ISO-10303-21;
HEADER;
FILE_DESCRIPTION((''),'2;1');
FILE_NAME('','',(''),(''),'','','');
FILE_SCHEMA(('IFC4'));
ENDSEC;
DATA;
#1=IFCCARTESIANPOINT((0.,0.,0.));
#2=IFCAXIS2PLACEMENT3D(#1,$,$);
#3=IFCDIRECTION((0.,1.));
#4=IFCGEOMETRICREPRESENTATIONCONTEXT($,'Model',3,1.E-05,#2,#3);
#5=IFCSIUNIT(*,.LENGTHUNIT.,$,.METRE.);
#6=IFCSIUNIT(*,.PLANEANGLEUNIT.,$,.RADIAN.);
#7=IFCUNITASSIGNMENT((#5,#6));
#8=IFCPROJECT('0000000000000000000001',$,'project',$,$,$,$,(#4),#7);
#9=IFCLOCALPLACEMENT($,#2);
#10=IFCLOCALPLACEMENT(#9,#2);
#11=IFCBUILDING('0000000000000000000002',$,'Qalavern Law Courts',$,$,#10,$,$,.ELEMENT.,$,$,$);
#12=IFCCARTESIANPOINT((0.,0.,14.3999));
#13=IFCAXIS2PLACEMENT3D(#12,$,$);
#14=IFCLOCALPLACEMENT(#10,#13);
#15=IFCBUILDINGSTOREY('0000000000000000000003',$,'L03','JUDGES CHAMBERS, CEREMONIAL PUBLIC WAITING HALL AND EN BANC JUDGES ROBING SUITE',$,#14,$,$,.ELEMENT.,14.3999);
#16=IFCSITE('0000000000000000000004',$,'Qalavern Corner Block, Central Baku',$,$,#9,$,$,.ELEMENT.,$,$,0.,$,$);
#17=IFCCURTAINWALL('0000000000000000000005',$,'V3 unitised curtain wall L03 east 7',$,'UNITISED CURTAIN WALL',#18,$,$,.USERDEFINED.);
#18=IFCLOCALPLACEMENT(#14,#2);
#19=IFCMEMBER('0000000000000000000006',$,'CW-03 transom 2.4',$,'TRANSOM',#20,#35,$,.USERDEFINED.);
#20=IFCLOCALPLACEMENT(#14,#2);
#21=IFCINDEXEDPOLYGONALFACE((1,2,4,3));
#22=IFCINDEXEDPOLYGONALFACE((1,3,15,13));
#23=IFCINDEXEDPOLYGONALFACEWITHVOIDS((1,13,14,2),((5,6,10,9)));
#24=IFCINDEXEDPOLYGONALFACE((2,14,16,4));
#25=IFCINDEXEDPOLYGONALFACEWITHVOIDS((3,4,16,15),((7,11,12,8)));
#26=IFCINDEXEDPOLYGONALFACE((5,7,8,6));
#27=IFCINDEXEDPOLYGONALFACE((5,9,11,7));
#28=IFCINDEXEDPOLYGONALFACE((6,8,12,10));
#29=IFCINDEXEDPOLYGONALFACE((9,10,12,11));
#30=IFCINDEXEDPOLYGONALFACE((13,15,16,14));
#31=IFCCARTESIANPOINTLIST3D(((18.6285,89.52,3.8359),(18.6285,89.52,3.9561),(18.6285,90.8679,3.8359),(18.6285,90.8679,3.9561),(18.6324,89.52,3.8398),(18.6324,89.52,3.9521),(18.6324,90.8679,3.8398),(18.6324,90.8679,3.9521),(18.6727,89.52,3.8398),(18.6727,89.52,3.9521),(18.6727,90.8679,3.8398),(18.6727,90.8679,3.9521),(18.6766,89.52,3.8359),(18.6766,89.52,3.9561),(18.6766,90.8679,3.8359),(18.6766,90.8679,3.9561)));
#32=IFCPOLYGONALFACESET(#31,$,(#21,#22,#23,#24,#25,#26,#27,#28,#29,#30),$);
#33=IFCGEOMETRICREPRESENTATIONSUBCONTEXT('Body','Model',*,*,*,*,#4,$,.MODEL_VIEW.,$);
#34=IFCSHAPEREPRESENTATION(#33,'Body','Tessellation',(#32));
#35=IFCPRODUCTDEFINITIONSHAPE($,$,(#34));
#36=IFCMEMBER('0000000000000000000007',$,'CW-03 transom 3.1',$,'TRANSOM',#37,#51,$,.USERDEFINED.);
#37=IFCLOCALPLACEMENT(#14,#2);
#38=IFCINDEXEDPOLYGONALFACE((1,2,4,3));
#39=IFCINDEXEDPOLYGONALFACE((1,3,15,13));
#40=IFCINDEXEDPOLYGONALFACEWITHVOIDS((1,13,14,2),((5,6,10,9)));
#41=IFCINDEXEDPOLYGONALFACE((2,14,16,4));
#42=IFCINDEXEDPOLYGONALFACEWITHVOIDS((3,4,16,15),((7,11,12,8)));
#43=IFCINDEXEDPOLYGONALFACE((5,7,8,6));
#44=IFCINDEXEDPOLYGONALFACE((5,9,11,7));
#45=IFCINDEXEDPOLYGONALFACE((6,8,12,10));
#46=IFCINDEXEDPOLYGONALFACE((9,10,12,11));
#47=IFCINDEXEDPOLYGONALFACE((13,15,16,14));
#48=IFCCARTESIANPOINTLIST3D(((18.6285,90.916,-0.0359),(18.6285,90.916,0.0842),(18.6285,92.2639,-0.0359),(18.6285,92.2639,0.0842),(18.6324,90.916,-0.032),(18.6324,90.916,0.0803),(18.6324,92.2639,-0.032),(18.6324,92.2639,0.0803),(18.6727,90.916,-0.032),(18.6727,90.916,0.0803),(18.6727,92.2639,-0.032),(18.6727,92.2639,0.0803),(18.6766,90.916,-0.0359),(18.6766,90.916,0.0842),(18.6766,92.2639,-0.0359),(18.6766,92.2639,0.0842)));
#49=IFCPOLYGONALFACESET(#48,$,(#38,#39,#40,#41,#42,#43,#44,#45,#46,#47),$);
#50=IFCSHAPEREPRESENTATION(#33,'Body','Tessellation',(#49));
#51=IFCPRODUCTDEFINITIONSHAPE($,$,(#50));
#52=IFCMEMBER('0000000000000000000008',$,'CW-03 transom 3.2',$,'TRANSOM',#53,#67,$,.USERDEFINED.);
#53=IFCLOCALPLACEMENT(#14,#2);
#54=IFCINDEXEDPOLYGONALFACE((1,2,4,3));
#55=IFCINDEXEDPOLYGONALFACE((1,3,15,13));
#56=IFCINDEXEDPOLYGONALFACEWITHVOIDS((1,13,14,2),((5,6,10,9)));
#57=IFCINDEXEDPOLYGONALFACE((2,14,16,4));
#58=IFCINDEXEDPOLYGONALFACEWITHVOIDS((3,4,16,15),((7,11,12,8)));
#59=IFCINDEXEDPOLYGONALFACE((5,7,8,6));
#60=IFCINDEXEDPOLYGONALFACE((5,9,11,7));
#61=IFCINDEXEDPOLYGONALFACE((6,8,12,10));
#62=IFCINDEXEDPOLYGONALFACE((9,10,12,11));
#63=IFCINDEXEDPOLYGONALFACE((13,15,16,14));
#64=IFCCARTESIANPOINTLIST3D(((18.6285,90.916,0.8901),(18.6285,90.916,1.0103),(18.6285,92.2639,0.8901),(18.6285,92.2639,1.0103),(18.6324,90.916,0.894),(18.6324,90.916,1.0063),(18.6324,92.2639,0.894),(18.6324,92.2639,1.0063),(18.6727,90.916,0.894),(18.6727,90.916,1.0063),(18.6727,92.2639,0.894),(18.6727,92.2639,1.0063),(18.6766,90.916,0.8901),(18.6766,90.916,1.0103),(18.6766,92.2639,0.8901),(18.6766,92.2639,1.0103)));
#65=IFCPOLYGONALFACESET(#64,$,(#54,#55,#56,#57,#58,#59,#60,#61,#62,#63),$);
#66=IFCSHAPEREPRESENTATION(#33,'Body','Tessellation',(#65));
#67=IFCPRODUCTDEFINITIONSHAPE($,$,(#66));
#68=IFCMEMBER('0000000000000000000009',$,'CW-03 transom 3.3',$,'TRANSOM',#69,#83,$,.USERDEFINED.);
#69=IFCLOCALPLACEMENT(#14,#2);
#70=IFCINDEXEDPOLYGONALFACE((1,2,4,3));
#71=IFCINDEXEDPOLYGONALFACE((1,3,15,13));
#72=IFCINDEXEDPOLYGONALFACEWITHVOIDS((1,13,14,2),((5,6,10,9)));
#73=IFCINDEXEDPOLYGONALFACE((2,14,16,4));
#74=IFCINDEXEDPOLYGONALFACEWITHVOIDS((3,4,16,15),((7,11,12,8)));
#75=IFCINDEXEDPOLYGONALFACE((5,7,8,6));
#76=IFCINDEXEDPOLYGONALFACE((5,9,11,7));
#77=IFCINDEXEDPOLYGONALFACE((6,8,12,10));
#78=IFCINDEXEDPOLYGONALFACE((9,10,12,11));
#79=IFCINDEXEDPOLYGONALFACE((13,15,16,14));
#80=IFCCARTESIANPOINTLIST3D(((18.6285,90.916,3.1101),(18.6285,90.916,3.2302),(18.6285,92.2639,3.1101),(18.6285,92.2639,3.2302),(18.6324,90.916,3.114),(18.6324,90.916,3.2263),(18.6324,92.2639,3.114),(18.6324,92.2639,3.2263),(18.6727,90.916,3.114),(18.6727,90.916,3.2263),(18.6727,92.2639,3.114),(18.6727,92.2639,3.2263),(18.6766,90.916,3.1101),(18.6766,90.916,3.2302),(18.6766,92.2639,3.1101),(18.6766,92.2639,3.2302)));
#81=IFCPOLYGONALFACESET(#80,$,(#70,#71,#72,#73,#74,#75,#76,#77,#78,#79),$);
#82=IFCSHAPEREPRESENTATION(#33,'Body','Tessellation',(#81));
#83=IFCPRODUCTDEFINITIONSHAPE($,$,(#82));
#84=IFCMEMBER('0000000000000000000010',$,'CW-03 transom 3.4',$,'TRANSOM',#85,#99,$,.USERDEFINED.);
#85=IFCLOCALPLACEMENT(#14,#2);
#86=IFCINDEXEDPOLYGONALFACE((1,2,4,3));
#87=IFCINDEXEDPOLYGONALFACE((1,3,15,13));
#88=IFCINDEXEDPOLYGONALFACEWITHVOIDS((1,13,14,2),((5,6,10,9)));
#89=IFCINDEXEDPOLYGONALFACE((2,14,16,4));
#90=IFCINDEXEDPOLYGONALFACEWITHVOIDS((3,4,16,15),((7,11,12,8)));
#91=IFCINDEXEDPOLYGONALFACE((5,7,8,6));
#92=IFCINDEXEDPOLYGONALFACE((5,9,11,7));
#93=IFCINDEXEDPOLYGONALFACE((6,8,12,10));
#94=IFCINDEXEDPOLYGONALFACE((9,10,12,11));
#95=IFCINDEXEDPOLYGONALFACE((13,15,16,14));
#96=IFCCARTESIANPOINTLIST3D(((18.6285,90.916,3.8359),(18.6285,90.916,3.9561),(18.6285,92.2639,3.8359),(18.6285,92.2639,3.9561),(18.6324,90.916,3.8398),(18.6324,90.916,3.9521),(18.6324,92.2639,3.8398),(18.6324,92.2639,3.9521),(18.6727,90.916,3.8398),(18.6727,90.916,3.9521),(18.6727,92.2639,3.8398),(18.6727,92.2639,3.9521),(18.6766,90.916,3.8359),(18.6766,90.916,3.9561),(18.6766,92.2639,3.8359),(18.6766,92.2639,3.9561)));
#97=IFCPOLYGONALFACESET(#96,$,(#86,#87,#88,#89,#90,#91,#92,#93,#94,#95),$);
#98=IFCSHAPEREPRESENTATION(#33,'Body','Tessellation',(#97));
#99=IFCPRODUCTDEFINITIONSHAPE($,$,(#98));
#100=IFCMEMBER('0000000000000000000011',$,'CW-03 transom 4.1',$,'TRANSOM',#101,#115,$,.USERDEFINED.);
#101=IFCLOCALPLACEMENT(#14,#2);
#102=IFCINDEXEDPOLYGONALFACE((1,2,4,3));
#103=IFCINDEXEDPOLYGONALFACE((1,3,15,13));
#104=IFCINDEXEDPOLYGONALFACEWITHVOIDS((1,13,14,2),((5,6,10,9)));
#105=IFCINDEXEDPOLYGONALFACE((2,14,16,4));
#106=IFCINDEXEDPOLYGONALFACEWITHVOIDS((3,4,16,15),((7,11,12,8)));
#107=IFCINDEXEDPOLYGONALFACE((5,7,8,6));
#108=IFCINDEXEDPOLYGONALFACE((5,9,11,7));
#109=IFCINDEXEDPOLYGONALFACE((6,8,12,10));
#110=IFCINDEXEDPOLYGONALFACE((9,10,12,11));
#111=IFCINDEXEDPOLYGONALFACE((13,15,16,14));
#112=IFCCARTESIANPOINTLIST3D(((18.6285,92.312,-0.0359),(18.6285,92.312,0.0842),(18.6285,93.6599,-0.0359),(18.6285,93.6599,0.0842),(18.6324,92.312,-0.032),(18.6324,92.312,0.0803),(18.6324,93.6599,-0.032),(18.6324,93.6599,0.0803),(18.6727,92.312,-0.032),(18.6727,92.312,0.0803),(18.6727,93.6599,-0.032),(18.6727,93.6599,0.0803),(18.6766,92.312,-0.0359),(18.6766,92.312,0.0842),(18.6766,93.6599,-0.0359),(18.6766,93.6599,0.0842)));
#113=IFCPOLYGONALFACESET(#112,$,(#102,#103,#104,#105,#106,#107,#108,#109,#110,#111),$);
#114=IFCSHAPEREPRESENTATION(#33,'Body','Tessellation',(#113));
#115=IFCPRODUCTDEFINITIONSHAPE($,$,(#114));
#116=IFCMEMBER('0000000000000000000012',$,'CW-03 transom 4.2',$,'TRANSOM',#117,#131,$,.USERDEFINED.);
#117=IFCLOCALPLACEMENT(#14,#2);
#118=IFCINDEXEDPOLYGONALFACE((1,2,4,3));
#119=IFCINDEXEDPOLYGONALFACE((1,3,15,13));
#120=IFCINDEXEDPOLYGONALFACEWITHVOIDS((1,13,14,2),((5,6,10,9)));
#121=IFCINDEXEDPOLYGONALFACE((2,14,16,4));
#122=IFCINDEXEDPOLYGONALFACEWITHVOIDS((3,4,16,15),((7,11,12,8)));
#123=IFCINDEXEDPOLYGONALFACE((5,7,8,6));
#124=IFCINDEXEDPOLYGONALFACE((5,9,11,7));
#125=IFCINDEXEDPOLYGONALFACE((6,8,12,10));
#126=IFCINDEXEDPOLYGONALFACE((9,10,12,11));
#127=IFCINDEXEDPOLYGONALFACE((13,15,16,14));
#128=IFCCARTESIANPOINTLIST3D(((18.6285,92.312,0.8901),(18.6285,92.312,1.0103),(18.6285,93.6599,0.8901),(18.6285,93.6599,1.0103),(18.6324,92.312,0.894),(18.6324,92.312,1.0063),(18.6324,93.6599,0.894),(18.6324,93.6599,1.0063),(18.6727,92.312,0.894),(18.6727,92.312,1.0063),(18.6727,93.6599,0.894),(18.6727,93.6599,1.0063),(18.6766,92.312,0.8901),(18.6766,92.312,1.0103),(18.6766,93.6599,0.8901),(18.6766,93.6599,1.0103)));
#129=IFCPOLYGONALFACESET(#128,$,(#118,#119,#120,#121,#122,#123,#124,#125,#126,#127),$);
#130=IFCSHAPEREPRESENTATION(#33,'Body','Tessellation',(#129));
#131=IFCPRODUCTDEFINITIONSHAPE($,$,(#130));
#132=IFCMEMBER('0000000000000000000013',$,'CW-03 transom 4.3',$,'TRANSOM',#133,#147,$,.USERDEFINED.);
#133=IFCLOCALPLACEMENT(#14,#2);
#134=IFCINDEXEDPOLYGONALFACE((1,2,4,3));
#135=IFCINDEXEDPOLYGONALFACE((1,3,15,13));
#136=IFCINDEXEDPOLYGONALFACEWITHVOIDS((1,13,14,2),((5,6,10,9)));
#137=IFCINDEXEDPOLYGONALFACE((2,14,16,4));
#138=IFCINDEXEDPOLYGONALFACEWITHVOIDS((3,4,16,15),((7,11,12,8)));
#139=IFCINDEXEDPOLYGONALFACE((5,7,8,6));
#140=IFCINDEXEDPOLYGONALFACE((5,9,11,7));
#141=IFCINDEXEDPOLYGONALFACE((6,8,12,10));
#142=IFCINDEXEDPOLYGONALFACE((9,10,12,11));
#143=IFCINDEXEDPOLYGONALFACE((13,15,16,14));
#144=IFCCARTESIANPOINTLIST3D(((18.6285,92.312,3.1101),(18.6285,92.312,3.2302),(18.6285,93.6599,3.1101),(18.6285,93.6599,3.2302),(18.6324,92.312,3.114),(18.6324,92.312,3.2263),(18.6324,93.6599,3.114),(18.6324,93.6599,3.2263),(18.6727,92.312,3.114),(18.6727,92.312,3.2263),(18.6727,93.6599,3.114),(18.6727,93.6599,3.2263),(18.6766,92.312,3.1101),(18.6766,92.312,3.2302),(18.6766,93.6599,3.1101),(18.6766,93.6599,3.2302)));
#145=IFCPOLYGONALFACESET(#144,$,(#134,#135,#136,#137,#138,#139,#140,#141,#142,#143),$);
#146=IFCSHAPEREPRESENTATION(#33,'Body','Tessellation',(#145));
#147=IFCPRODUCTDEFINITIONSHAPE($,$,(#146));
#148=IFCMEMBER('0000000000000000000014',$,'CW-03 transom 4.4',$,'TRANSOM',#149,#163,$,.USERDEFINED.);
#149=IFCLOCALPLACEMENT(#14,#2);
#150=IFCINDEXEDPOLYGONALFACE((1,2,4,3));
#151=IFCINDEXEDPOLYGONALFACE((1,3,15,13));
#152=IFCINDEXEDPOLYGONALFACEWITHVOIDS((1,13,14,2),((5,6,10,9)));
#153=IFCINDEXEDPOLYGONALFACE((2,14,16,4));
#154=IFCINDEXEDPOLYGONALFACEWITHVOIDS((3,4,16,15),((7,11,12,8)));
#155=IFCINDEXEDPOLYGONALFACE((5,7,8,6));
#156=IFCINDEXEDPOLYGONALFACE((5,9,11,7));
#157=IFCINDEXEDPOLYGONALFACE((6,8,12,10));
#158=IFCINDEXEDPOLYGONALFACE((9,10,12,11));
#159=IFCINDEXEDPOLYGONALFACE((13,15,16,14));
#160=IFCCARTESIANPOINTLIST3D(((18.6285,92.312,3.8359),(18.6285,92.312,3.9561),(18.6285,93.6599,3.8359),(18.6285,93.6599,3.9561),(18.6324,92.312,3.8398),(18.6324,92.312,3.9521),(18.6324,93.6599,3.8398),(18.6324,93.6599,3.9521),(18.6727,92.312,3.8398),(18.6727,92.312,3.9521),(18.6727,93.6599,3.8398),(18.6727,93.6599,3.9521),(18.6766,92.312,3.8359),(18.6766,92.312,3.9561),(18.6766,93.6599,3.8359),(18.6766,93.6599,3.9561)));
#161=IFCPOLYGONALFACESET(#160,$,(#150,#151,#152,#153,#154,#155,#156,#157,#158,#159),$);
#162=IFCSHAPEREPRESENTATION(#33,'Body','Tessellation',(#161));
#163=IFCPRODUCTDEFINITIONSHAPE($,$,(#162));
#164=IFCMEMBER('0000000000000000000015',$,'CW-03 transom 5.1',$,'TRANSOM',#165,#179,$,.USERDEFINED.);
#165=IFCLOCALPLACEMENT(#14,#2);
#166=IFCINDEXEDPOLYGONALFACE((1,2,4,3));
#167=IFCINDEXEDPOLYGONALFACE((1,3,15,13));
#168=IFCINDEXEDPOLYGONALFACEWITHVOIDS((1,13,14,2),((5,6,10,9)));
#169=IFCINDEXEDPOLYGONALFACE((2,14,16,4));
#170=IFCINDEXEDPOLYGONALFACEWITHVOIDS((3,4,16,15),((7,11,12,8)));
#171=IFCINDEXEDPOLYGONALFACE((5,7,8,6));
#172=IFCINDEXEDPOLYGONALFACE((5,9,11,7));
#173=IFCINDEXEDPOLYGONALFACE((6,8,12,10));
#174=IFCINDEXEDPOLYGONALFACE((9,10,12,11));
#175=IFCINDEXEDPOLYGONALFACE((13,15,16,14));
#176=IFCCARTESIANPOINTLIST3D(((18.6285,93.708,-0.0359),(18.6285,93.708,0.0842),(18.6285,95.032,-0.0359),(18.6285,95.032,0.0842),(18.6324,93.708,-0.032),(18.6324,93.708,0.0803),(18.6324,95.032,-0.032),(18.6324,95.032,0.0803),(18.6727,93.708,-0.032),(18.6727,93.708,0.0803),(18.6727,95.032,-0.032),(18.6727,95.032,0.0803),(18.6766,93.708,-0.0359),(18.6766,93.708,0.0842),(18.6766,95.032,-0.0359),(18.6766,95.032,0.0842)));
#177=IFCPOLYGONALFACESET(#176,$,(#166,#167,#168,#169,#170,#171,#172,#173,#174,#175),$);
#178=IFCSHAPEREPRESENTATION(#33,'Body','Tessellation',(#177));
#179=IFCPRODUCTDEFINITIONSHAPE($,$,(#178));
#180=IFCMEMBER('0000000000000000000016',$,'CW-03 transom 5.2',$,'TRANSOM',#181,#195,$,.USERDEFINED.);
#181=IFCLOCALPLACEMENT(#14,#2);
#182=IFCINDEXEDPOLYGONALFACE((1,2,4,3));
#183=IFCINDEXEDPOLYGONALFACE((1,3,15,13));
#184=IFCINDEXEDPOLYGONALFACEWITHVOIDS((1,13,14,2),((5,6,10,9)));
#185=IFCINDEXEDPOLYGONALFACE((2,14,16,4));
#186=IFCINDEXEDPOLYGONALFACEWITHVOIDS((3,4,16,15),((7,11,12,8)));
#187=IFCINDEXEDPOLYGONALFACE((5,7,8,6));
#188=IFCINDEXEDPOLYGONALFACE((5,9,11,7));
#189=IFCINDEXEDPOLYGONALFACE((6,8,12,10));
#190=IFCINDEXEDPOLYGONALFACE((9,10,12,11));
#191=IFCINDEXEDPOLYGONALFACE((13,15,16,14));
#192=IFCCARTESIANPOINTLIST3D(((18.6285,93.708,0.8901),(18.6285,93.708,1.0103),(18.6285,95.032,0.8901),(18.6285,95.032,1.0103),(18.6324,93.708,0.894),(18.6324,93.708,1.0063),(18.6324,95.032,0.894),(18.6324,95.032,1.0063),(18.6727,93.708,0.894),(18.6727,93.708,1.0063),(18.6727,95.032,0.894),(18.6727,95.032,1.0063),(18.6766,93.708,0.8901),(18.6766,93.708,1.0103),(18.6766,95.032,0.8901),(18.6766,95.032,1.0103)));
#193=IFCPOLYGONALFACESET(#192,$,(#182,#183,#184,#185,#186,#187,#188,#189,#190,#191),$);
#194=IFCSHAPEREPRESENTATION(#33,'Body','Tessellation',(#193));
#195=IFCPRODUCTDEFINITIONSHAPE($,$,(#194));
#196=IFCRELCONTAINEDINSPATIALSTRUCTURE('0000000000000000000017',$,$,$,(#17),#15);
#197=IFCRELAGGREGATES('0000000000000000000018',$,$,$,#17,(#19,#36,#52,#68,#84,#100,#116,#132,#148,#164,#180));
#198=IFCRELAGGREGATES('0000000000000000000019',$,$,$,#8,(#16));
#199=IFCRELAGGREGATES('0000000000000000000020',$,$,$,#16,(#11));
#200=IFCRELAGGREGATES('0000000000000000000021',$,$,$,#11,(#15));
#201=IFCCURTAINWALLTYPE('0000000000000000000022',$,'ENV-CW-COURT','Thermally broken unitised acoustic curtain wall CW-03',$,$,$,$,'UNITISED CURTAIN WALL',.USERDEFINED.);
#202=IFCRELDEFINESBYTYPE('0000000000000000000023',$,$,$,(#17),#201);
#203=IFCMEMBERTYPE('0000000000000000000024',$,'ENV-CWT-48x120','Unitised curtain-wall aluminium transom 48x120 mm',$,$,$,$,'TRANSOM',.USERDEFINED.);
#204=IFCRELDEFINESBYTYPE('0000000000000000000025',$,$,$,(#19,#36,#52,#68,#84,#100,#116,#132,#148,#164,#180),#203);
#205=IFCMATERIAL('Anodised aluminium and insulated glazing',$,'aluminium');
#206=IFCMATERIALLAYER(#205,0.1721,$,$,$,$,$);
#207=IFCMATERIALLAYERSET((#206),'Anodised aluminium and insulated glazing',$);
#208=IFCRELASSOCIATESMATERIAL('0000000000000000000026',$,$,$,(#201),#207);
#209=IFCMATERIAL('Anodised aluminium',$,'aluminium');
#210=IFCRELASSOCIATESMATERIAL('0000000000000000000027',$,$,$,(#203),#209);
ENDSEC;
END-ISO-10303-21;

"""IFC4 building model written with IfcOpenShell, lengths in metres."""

from ifc_helpers import new_model, si_unit, direction, frame, origin, origin_2d, place, context, subcontext, project, spatial, hollow_rectangle, extrude, material, layer, layer_set, material_profile, profile_set, type_object, element, aggregate, save


model = new_model("IFC4")

# Units and contexts
model_context = context("Model", 3, precision=1e-05, world=origin(), true_north=direction((0.0, 1.0)))
body_context = subcontext(model_context, "Body", "Model", "MODEL_VIEW")
ifc_project = project(units=[si_unit("LENGTHUNIT", "METRE"), si_unit("PLANEANGLEUNIT", "RADIAN")], contexts=[model_context])

# Site, building, storey
site_placement = place(None, origin())
site = spatial("IfcSite", under=ifc_project, at=site_placement, Name="Qalavern Corner Block, Central Baku", CompositionType="ELEMENT", RefElevation=0.0)
building_placement = place(site_placement, origin())
building = spatial("IfcBuilding", under=site, at=building_placement, Name="Qalavern Law Courts", CompositionType="ELEMENT")
storey_placement = place(building_placement, frame((0.0, 0.0, 14.3999)))
storey = spatial("IfcBuildingStorey", under=building, at=storey_placement, Name="L03", Description="JUDGES CHAMBERS, CEREMONIAL PUBLIC WAITING HALL AND EN BANC JUDGES ROBING SUITE", CompositionType="ELEMENT", Elevation=14.3999)

# Curtain wall, members
ifc_material_1 = material(Name="Anodised aluminium and insulated glazing", Category="aluminium")
ifc_layer_1 = layer(ifc_material_1, 0.1721)
ifc_layer_set_1 = layer_set([ifc_layer_1], Name="Anodised aluminium and insulated glazing")
curtain_wall_type = type_object("IfcCurtainWallType", Name="ENV-CW-COURT", Description="Thermally broken unitised acoustic curtain wall CW-03", ElementType="UNITISED CURTAIN WALL", PredefinedType="USERDEFINED", material=ifc_layer_set_1)
curtain_wall_placement = place(storey_placement, origin())
curtain_wall = element("IfcCurtainWall", 1, at=curtain_wall_placement, inside=storey, type_object=curtain_wall_type, Name="V3 unitised curtain wall L03 east 7", ObjectType="UNITISED CURTAIN WALL", PredefinedType="USERDEFINED")
ifc_material_2 = material(Name="Anodised aluminium", Category="aluminium")
ifc_material_profile_1 = material_profile(ifc_material_2, hollow_rectangle(XDim=0.0481, YDim=0.1201, WallThickness=0.0039, at=origin_2d()), Name="ALU TRANSOM 48x120")
ifc_profile_set_1 = profile_set([ifc_material_profile_1], Name="Anodised aluminium")
member_type_1 = type_object("IfcMemberType", Name="ENV-CWT-48x120", Description="Unitised curtain-wall aluminium transom 48x120 mm", ElementType="TRANSOM", PredefinedType="USERDEFINED", material=ifc_profile_set_1)
member_1_placement = place(storey_placement, frame((18.6526, 89.52, 3.896), z_axis=(0.0, 1.0, 0.0), x_axis=(-1.0, 0.0, 0.0)))
member_1 = element("IfcMember", 2, at=member_1_placement, type_object=member_type_1, Name="CW-03 transom 2.4", ObjectType="TRANSOM", PredefinedType="USERDEFINED", context=body_context, shape_type="SweptSolid", body=[
    extrude(hollow_rectangle(XDim=0.0481, YDim=0.1201, WallThickness=0.0039, at=origin_2d()), origin(), (0.0, 0.0, 1.0), 1.3479),
])
member_2_placement = place(storey_placement, frame((18.6526, 90.916, 0.0242), z_axis=(0.0, 1.0, 0.0), x_axis=(-1.0, 0.0, 0.0)))
member_2 = element("IfcMember", 3, at=member_2_placement, type_object=member_type_1, Name="CW-03 transom 3.1", ObjectType="TRANSOM", PredefinedType="USERDEFINED", context=body_context, shape_type="SweptSolid", body=[
    extrude(hollow_rectangle(XDim=0.0481, YDim=0.1201, WallThickness=0.0039, at=origin_2d()), origin(), (0.0, 0.0, 1.0), 1.3479),
])
member_3_placement = place(storey_placement, frame((18.6526, 90.916, 0.9502), z_axis=(0.0, 1.0, 0.0), x_axis=(-1.0, 0.0, 0.0)))
member_3 = element("IfcMember", 4, at=member_3_placement, type_object=member_type_1, Name="CW-03 transom 3.2", ObjectType="TRANSOM", PredefinedType="USERDEFINED", context=body_context, shape_type="SweptSolid", body=[
    extrude(hollow_rectangle(XDim=0.0481, YDim=0.1201, WallThickness=0.0039, at=origin_2d()), origin(), (0.0, 0.0, 1.0), 1.3479),
])
member_4_placement = place(storey_placement, frame((18.6526, 90.916, 3.1702), z_axis=(0.0, 1.0, 0.0), x_axis=(-1.0, 0.0, 0.0)))
member_4 = element("IfcMember", 5, at=member_4_placement, type_object=member_type_1, Name="CW-03 transom 3.3", ObjectType="TRANSOM", PredefinedType="USERDEFINED", context=body_context, shape_type="SweptSolid", body=[
    extrude(hollow_rectangle(XDim=0.0481, YDim=0.1201, WallThickness=0.0039, at=origin_2d()), origin(), (0.0, 0.0, 1.0), 1.3479),
])
member_5_placement = place(storey_placement, frame((18.6526, 90.916, 3.896), z_axis=(0.0, 1.0, 0.0), x_axis=(-1.0, 0.0, 0.0)))
member_5 = element("IfcMember", 6, at=member_5_placement, type_object=member_type_1, Name="CW-03 transom 3.4", ObjectType="TRANSOM", PredefinedType="USERDEFINED", context=body_context, shape_type="SweptSolid", body=[
    extrude(hollow_rectangle(XDim=0.0481, YDim=0.1201, WallThickness=0.0039, at=origin_2d()), origin(), (0.0, 0.0, 1.0), 1.3479),
])
member_6_placement = place(storey_placement, frame((18.6526, 92.312, 0.0242), z_axis=(0.0, 1.0, 0.0), x_axis=(-1.0, 0.0, 0.0)))
member_6 = element("IfcMember", 7, at=member_6_placement, type_object=member_type_1, Name="CW-03 transom 4.1", ObjectType="TRANSOM", PredefinedType="USERDEFINED", context=body_context, shape_type="SweptSolid", body=[
    extrude(hollow_rectangle(XDim=0.0481, YDim=0.1201, WallThickness=0.0039, at=origin_2d()), origin(), (0.0, 0.0, 1.0), 1.3479),
])
member_7_placement = place(storey_placement, frame((18.6526, 92.312, 0.9502), z_axis=(0.0, 1.0, 0.0), x_axis=(-1.0, 0.0, 0.0)))
member_7 = element("IfcMember", 8, at=member_7_placement, type_object=member_type_1, Name="CW-03 transom 4.2", ObjectType="TRANSOM", PredefinedType="USERDEFINED", context=body_context, shape_type="SweptSolid", body=[
    extrude(hollow_rectangle(XDim=0.0481, YDim=0.1201, WallThickness=0.0039, at=origin_2d()), origin(), (0.0, 0.0, 1.0), 1.3479),
])
member_8_placement = place(storey_placement, frame((18.6526, 92.312, 3.1702), z_axis=(0.0, 1.0, 0.0), x_axis=(-1.0, 0.0, 0.0)))
member_8 = element("IfcMember", 9, at=member_8_placement, type_object=member_type_1, Name="CW-03 transom 4.3", ObjectType="TRANSOM", PredefinedType="USERDEFINED", context=body_context, shape_type="SweptSolid", body=[
    extrude(hollow_rectangle(XDim=0.0481, YDim=0.1201, WallThickness=0.0039, at=origin_2d()), origin(), (0.0, 0.0, 1.0), 1.3479),
])
member_9_placement = place(storey_placement, frame((18.6526, 92.312, 3.896), z_axis=(0.0, 1.0, 0.0), x_axis=(-1.0, 0.0, 0.0)))
member_9 = element("IfcMember", 10, at=member_9_placement, type_object=member_type_1, Name="CW-03 transom 4.4", ObjectType="TRANSOM", PredefinedType="USERDEFINED", context=body_context, shape_type="SweptSolid", body=[
    extrude(hollow_rectangle(XDim=0.0481, YDim=0.1201, WallThickness=0.0039, at=origin_2d()), origin(), (0.0, 0.0, 1.0), 1.3479),
])
member_10_placement = place(storey_placement, frame((18.6526, 93.708, 0.0242), z_axis=(0.0, 1.0, 0.0), x_axis=(-1.0, 0.0, 0.0)))
member_10 = element("IfcMember", 11, at=member_10_placement, type_object=member_type_1, Name="CW-03 transom 5.1", ObjectType="TRANSOM", PredefinedType="USERDEFINED", context=body_context, shape_type="SweptSolid", body=[
    extrude(hollow_rectangle(XDim=0.0481, YDim=0.1201, WallThickness=0.0039, at=origin_2d()), origin(), (0.0, 0.0, 1.0), 1.324),
])
member_11_placement = place(storey_placement, frame((18.6526, 93.708, 0.9502), z_axis=(0.0, 1.0, 0.0), x_axis=(-1.0, 0.0, 0.0)))
member_11 = element("IfcMember", 12, at=member_11_placement, type_object=member_type_1, Name="CW-03 transom 5.2", ObjectType="TRANSOM", PredefinedType="USERDEFINED", context=body_context, shape_type="SweptSolid", body=[
    extrude(hollow_rectangle(XDim=0.0481, YDim=0.1201, WallThickness=0.0039, at=origin_2d()), origin(), (0.0, 0.0, 1.0), 1.324),
])
aggregate(curtain_wall, [member_1, member_2, member_3, member_4, member_5, member_6, member_7, member_8, member_9, member_10, member_11])

save(model, "model.ifc")
